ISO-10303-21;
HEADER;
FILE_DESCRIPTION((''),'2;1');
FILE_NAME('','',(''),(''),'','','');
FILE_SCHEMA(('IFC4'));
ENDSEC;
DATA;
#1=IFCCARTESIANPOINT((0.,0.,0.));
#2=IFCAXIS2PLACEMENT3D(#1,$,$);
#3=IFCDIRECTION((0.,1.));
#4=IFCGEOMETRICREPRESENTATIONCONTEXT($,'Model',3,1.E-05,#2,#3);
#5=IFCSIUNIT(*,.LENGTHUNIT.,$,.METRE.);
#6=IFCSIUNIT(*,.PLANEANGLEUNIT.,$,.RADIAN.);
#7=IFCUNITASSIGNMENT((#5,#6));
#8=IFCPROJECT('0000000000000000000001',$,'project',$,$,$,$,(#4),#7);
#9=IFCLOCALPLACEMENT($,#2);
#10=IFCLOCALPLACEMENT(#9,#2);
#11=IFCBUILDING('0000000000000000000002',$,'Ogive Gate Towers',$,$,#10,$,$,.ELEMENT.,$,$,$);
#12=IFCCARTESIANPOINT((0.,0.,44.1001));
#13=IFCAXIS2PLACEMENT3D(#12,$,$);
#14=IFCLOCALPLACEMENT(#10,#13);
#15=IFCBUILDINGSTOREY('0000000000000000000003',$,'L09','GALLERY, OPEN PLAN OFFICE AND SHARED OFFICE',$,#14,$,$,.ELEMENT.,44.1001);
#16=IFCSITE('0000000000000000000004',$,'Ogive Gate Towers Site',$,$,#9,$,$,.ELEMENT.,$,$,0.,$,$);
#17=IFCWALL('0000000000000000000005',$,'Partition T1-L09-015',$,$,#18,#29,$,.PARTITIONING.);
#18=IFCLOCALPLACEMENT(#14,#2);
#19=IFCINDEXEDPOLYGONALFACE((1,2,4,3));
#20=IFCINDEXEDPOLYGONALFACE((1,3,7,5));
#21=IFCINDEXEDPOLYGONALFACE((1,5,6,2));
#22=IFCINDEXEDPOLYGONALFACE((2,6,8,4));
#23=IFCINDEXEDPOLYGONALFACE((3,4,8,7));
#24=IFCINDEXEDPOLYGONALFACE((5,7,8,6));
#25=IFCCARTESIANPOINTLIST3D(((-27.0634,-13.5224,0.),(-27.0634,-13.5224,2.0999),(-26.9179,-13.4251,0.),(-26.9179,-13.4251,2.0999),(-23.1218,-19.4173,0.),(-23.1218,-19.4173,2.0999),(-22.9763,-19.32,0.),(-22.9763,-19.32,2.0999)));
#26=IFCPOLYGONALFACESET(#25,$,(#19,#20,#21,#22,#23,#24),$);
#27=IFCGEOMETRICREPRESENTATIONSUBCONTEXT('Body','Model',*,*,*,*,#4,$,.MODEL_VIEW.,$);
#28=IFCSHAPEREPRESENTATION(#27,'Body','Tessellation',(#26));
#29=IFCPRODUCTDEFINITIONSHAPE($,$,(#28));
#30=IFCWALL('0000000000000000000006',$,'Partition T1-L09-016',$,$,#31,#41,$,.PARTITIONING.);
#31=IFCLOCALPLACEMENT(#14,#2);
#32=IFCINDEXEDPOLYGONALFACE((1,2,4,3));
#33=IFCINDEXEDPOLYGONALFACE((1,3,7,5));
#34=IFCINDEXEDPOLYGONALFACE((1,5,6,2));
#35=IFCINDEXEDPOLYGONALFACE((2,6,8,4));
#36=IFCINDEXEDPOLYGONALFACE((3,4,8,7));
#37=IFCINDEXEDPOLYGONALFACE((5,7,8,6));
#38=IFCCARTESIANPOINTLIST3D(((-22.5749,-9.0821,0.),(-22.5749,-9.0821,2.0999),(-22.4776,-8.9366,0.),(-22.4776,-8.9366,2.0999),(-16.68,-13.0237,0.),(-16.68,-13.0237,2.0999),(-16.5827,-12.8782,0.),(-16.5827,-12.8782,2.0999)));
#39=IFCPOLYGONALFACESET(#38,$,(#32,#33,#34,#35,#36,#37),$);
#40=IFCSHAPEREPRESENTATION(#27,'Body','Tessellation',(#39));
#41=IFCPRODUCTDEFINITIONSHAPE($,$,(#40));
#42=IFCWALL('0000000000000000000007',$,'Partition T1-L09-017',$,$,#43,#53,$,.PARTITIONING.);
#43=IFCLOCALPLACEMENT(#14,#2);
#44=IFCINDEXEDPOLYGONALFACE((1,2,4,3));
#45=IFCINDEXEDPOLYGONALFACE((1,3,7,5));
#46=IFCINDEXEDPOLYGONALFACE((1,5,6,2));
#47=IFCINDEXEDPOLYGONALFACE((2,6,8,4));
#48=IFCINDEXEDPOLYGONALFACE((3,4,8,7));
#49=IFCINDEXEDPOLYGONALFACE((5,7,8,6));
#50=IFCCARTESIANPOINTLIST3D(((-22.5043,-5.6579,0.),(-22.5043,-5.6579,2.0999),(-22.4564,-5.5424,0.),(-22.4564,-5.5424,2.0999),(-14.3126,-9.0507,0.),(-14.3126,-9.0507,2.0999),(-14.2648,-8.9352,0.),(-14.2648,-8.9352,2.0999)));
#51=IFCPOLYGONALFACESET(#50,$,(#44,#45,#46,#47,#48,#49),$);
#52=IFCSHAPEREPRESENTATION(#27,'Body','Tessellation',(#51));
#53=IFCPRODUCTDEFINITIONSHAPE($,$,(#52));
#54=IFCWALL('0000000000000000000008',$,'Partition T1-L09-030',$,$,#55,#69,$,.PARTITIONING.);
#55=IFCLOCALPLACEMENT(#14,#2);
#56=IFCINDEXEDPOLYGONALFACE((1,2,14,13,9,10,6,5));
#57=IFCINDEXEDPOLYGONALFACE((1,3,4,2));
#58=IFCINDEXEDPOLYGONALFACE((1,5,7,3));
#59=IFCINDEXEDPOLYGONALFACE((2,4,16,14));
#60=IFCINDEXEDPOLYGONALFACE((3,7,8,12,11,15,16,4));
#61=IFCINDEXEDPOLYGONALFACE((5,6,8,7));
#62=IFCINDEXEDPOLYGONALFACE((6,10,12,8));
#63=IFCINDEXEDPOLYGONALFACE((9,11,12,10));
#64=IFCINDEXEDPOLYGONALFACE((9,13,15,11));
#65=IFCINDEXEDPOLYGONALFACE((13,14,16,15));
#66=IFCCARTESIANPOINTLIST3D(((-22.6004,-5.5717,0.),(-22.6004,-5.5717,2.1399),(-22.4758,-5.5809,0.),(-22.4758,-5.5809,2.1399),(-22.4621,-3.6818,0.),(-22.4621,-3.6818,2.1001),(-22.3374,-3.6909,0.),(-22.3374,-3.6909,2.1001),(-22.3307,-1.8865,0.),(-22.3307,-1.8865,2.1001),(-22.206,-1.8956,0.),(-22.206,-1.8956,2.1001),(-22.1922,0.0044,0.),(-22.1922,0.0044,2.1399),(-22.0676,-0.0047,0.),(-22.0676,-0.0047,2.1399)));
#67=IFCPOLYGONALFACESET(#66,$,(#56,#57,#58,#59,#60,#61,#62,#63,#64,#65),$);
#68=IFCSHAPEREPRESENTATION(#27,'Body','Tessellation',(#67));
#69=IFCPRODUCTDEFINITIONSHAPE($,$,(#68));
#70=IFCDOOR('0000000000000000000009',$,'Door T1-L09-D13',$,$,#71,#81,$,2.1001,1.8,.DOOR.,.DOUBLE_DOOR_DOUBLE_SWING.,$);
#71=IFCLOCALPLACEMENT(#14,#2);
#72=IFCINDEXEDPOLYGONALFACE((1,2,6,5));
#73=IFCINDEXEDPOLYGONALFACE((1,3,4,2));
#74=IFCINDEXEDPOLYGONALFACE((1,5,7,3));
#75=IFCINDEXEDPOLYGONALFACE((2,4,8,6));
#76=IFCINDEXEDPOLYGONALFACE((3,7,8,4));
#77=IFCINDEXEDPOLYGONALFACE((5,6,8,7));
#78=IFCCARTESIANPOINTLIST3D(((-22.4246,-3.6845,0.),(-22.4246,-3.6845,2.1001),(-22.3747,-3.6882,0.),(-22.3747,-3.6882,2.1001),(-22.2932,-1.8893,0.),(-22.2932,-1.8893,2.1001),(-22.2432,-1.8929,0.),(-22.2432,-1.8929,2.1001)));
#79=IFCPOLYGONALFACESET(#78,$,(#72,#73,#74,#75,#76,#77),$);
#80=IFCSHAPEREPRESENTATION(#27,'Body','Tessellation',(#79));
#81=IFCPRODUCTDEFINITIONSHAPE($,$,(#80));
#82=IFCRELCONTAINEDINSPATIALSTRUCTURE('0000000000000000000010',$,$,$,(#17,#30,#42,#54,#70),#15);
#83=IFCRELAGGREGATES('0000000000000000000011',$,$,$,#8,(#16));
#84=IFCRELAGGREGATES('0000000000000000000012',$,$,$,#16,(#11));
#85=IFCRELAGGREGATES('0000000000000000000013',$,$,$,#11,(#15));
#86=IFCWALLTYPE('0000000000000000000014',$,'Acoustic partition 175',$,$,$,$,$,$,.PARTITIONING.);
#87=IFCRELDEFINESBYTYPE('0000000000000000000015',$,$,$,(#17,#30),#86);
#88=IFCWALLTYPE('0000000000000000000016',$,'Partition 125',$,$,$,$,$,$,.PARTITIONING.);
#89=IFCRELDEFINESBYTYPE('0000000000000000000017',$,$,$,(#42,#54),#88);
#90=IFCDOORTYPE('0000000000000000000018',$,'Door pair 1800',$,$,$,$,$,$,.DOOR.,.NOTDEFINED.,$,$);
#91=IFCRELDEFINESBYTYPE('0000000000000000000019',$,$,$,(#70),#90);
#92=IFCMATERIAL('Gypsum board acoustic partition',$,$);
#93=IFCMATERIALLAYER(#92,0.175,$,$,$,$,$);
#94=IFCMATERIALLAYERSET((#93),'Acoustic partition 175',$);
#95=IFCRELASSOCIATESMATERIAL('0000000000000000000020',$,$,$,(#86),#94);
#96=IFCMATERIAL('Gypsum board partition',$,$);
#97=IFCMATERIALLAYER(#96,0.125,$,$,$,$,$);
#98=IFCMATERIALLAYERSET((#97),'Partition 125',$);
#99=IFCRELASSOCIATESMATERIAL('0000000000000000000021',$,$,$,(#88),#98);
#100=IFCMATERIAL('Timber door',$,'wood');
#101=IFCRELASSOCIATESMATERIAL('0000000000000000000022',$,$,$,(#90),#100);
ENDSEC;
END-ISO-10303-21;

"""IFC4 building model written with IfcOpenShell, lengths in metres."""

from ifc_helpers import new_model, si_unit, direction, frame, frame_2d, origin, place, context, subcontext, project, spatial, rectangle, extrude, material, layer, layer_set, type_object, element, fill, save


model = new_model("IFC4")

# Units and contexts
model_context = context("Model", 3, precision=1e-05, world=origin(), true_north=direction((0.0, 1.0)))
body_context = subcontext(model_context, "Body", "Model", "MODEL_VIEW")
ifc_project = project(units=[si_unit("LENGTHUNIT", "METRE"), si_unit("PLANEANGLEUNIT", "RADIAN")], contexts=[model_context])

# Site, building, storey
site_placement = place(None, origin())
site = spatial("IfcSite", under=ifc_project, at=site_placement, Name="Ogive Gate Towers Site", CompositionType="ELEMENT", RefElevation=0.0)
building_placement = place(site_placement, origin())
building = spatial("IfcBuilding", under=site, at=building_placement, Name="Ogive Gate Towers", CompositionType="ELEMENT")
storey_placement = place(building_placement, frame((0.0, 0.0, 44.1001)))
storey = spatial("IfcBuildingStorey", under=building, at=storey_placement, Name="L09", Description="GALLERY, OPEN PLAN OFFICE AND SHARED OFFICE", CompositionType="ELEMENT", Elevation=44.1001)

# Walls
ifc_material_1 = material(Name="Gypsum board acoustic partition")
ifc_layer_1 = layer(ifc_material_1, 0.175)
ifc_layer_set_1 = layer_set([ifc_layer_1], Name="Acoustic partition 175")
wall_type_1 = type_object("IfcWallType", Name="Acoustic partition 175", PredefinedType="PARTITIONING", material=ifc_layer_set_1)
for number, where, z_axis, x_axis, name in (
    (1, (-23.0491, -19.3687, 0.0), (0.0, 0.0, 1.0), (-0.555836, 0.831292, 0.0), "Partition T1-L09-015"),
    (2, (-16.6313, -12.9509, 0.0), (0.0, 0.0, 1.0), (-0.831292, 0.555836, 0.0), "Partition T1-L09-016"),
):
    element("IfcWall", number, at=place(storey_placement, frame(where, z_axis=z_axis, x_axis=x_axis)), inside=storey, type_object=wall_type_1, Name=name, PredefinedType="PARTITIONING", context=body_context, shape_type="SweptSolid", body=[
        extrude(rectangle(XDim=7.0913, YDim=0.175, at=frame_2d((3.5457, 0.0))), origin(), (0.0, 0.0, 1.0), 2.0999),
    ])
ifc_material_2 = material(Name="Gypsum board partition")
ifc_layer_2 = layer(ifc_material_2, 0.125)
ifc_layer_set_2 = layer_set([ifc_layer_2], Name="Partition 125")
wall_type_2 = type_object("IfcWallType", Name="Partition 125", PredefinedType="PARTITIONING", material=ifc_layer_set_2)
wall_1_placement = place(storey_placement, frame((-14.2888, -8.9929, 0.0), z_axis=(0.0, 0.0, 1.0), x_axis=(-0.92389, 0.382657, 0.0)))
element("IfcWall", 3, at=wall_1_placement, inside=storey, type_object=wall_type_2, Name="Partition T1-L09-017", PredefinedType="PARTITIONING", context=body_context, shape_type="SweptSolid", body=[
    extrude(rectangle(XDim=8.8665, YDim=0.125, at=frame_2d((4.4331, 0.0))), origin(), (0.0, 0.0, 1.0), 2.0999),
])

# Wall, opening, door
wall_2_placement = place(storey_placement, frame((-22.5381, -5.5762, 0.0), z_axis=(0.0, 0.0, 1.0), x_axis=(0.07301, 0.997331, 0.0)))
wall_2 = element("IfcWall", 4, at=wall_2_placement, inside=storey, type_object=wall_type_2, Name="Partition T1-L09-030", PredefinedType="PARTITIONING", context=body_context, shape_type="SweptSolid", body=[
    extrude(rectangle(XDim=5.5911, YDim=0.125, at=frame_2d((2.7954, 0.0))), origin(), (0.0, 0.0, 1.0), 2.1399),
])
opening_placement = place(wall_2_placement, frame((1.895, 0.0, 0.0)))
opening = element("IfcOpeningElement", 5, at=opening_placement, cuts=wall_2, PredefinedType="OPENING", context=body_context, shape_type="SweptSolid", body=[
    extrude(rectangle(XDim=1.8, YDim=2.1001, at=frame_2d((0.8999, 1.05))), frame((0.0, 0.0725, 0.0), z_axis=(0.0, -1.0, 0.0), x_axis=(1.0, 0.0, 0.0)), (0.0, 0.0, 1.0), 0.145),
])
ifc_material_3 = material(Name="Timber door", Category="wood")
door_type = type_object("IfcDoorType", Name="Door pair 1800", OperationType="NOTDEFINED", PredefinedType="DOOR", material=ifc_material_3)
door_placement = place(opening_placement, origin())
door = element("IfcDoor", 6, at=door_placement, inside=storey, type_object=door_type, Name="Door T1-L09-D13", OperationType="DOUBLE_DOOR_DOUBLE_SWING", OverallHeight=2.1001, OverallWidth=1.8, PredefinedType="DOOR", context=body_context, shape_type="SweptSolid", body=[
    extrude(rectangle(XDim=1.8, YDim=2.1001, at=frame_2d((0.8999, 1.05))), frame((0.0, 0.0249, 0.0), z_axis=(0.0, -1.0, 0.0), x_axis=(1.0, 0.0, 0.0)), (0.0, 0.0, 1.0), 0.05),
])
fill(opening, door)

save(model, "model.ifc")
